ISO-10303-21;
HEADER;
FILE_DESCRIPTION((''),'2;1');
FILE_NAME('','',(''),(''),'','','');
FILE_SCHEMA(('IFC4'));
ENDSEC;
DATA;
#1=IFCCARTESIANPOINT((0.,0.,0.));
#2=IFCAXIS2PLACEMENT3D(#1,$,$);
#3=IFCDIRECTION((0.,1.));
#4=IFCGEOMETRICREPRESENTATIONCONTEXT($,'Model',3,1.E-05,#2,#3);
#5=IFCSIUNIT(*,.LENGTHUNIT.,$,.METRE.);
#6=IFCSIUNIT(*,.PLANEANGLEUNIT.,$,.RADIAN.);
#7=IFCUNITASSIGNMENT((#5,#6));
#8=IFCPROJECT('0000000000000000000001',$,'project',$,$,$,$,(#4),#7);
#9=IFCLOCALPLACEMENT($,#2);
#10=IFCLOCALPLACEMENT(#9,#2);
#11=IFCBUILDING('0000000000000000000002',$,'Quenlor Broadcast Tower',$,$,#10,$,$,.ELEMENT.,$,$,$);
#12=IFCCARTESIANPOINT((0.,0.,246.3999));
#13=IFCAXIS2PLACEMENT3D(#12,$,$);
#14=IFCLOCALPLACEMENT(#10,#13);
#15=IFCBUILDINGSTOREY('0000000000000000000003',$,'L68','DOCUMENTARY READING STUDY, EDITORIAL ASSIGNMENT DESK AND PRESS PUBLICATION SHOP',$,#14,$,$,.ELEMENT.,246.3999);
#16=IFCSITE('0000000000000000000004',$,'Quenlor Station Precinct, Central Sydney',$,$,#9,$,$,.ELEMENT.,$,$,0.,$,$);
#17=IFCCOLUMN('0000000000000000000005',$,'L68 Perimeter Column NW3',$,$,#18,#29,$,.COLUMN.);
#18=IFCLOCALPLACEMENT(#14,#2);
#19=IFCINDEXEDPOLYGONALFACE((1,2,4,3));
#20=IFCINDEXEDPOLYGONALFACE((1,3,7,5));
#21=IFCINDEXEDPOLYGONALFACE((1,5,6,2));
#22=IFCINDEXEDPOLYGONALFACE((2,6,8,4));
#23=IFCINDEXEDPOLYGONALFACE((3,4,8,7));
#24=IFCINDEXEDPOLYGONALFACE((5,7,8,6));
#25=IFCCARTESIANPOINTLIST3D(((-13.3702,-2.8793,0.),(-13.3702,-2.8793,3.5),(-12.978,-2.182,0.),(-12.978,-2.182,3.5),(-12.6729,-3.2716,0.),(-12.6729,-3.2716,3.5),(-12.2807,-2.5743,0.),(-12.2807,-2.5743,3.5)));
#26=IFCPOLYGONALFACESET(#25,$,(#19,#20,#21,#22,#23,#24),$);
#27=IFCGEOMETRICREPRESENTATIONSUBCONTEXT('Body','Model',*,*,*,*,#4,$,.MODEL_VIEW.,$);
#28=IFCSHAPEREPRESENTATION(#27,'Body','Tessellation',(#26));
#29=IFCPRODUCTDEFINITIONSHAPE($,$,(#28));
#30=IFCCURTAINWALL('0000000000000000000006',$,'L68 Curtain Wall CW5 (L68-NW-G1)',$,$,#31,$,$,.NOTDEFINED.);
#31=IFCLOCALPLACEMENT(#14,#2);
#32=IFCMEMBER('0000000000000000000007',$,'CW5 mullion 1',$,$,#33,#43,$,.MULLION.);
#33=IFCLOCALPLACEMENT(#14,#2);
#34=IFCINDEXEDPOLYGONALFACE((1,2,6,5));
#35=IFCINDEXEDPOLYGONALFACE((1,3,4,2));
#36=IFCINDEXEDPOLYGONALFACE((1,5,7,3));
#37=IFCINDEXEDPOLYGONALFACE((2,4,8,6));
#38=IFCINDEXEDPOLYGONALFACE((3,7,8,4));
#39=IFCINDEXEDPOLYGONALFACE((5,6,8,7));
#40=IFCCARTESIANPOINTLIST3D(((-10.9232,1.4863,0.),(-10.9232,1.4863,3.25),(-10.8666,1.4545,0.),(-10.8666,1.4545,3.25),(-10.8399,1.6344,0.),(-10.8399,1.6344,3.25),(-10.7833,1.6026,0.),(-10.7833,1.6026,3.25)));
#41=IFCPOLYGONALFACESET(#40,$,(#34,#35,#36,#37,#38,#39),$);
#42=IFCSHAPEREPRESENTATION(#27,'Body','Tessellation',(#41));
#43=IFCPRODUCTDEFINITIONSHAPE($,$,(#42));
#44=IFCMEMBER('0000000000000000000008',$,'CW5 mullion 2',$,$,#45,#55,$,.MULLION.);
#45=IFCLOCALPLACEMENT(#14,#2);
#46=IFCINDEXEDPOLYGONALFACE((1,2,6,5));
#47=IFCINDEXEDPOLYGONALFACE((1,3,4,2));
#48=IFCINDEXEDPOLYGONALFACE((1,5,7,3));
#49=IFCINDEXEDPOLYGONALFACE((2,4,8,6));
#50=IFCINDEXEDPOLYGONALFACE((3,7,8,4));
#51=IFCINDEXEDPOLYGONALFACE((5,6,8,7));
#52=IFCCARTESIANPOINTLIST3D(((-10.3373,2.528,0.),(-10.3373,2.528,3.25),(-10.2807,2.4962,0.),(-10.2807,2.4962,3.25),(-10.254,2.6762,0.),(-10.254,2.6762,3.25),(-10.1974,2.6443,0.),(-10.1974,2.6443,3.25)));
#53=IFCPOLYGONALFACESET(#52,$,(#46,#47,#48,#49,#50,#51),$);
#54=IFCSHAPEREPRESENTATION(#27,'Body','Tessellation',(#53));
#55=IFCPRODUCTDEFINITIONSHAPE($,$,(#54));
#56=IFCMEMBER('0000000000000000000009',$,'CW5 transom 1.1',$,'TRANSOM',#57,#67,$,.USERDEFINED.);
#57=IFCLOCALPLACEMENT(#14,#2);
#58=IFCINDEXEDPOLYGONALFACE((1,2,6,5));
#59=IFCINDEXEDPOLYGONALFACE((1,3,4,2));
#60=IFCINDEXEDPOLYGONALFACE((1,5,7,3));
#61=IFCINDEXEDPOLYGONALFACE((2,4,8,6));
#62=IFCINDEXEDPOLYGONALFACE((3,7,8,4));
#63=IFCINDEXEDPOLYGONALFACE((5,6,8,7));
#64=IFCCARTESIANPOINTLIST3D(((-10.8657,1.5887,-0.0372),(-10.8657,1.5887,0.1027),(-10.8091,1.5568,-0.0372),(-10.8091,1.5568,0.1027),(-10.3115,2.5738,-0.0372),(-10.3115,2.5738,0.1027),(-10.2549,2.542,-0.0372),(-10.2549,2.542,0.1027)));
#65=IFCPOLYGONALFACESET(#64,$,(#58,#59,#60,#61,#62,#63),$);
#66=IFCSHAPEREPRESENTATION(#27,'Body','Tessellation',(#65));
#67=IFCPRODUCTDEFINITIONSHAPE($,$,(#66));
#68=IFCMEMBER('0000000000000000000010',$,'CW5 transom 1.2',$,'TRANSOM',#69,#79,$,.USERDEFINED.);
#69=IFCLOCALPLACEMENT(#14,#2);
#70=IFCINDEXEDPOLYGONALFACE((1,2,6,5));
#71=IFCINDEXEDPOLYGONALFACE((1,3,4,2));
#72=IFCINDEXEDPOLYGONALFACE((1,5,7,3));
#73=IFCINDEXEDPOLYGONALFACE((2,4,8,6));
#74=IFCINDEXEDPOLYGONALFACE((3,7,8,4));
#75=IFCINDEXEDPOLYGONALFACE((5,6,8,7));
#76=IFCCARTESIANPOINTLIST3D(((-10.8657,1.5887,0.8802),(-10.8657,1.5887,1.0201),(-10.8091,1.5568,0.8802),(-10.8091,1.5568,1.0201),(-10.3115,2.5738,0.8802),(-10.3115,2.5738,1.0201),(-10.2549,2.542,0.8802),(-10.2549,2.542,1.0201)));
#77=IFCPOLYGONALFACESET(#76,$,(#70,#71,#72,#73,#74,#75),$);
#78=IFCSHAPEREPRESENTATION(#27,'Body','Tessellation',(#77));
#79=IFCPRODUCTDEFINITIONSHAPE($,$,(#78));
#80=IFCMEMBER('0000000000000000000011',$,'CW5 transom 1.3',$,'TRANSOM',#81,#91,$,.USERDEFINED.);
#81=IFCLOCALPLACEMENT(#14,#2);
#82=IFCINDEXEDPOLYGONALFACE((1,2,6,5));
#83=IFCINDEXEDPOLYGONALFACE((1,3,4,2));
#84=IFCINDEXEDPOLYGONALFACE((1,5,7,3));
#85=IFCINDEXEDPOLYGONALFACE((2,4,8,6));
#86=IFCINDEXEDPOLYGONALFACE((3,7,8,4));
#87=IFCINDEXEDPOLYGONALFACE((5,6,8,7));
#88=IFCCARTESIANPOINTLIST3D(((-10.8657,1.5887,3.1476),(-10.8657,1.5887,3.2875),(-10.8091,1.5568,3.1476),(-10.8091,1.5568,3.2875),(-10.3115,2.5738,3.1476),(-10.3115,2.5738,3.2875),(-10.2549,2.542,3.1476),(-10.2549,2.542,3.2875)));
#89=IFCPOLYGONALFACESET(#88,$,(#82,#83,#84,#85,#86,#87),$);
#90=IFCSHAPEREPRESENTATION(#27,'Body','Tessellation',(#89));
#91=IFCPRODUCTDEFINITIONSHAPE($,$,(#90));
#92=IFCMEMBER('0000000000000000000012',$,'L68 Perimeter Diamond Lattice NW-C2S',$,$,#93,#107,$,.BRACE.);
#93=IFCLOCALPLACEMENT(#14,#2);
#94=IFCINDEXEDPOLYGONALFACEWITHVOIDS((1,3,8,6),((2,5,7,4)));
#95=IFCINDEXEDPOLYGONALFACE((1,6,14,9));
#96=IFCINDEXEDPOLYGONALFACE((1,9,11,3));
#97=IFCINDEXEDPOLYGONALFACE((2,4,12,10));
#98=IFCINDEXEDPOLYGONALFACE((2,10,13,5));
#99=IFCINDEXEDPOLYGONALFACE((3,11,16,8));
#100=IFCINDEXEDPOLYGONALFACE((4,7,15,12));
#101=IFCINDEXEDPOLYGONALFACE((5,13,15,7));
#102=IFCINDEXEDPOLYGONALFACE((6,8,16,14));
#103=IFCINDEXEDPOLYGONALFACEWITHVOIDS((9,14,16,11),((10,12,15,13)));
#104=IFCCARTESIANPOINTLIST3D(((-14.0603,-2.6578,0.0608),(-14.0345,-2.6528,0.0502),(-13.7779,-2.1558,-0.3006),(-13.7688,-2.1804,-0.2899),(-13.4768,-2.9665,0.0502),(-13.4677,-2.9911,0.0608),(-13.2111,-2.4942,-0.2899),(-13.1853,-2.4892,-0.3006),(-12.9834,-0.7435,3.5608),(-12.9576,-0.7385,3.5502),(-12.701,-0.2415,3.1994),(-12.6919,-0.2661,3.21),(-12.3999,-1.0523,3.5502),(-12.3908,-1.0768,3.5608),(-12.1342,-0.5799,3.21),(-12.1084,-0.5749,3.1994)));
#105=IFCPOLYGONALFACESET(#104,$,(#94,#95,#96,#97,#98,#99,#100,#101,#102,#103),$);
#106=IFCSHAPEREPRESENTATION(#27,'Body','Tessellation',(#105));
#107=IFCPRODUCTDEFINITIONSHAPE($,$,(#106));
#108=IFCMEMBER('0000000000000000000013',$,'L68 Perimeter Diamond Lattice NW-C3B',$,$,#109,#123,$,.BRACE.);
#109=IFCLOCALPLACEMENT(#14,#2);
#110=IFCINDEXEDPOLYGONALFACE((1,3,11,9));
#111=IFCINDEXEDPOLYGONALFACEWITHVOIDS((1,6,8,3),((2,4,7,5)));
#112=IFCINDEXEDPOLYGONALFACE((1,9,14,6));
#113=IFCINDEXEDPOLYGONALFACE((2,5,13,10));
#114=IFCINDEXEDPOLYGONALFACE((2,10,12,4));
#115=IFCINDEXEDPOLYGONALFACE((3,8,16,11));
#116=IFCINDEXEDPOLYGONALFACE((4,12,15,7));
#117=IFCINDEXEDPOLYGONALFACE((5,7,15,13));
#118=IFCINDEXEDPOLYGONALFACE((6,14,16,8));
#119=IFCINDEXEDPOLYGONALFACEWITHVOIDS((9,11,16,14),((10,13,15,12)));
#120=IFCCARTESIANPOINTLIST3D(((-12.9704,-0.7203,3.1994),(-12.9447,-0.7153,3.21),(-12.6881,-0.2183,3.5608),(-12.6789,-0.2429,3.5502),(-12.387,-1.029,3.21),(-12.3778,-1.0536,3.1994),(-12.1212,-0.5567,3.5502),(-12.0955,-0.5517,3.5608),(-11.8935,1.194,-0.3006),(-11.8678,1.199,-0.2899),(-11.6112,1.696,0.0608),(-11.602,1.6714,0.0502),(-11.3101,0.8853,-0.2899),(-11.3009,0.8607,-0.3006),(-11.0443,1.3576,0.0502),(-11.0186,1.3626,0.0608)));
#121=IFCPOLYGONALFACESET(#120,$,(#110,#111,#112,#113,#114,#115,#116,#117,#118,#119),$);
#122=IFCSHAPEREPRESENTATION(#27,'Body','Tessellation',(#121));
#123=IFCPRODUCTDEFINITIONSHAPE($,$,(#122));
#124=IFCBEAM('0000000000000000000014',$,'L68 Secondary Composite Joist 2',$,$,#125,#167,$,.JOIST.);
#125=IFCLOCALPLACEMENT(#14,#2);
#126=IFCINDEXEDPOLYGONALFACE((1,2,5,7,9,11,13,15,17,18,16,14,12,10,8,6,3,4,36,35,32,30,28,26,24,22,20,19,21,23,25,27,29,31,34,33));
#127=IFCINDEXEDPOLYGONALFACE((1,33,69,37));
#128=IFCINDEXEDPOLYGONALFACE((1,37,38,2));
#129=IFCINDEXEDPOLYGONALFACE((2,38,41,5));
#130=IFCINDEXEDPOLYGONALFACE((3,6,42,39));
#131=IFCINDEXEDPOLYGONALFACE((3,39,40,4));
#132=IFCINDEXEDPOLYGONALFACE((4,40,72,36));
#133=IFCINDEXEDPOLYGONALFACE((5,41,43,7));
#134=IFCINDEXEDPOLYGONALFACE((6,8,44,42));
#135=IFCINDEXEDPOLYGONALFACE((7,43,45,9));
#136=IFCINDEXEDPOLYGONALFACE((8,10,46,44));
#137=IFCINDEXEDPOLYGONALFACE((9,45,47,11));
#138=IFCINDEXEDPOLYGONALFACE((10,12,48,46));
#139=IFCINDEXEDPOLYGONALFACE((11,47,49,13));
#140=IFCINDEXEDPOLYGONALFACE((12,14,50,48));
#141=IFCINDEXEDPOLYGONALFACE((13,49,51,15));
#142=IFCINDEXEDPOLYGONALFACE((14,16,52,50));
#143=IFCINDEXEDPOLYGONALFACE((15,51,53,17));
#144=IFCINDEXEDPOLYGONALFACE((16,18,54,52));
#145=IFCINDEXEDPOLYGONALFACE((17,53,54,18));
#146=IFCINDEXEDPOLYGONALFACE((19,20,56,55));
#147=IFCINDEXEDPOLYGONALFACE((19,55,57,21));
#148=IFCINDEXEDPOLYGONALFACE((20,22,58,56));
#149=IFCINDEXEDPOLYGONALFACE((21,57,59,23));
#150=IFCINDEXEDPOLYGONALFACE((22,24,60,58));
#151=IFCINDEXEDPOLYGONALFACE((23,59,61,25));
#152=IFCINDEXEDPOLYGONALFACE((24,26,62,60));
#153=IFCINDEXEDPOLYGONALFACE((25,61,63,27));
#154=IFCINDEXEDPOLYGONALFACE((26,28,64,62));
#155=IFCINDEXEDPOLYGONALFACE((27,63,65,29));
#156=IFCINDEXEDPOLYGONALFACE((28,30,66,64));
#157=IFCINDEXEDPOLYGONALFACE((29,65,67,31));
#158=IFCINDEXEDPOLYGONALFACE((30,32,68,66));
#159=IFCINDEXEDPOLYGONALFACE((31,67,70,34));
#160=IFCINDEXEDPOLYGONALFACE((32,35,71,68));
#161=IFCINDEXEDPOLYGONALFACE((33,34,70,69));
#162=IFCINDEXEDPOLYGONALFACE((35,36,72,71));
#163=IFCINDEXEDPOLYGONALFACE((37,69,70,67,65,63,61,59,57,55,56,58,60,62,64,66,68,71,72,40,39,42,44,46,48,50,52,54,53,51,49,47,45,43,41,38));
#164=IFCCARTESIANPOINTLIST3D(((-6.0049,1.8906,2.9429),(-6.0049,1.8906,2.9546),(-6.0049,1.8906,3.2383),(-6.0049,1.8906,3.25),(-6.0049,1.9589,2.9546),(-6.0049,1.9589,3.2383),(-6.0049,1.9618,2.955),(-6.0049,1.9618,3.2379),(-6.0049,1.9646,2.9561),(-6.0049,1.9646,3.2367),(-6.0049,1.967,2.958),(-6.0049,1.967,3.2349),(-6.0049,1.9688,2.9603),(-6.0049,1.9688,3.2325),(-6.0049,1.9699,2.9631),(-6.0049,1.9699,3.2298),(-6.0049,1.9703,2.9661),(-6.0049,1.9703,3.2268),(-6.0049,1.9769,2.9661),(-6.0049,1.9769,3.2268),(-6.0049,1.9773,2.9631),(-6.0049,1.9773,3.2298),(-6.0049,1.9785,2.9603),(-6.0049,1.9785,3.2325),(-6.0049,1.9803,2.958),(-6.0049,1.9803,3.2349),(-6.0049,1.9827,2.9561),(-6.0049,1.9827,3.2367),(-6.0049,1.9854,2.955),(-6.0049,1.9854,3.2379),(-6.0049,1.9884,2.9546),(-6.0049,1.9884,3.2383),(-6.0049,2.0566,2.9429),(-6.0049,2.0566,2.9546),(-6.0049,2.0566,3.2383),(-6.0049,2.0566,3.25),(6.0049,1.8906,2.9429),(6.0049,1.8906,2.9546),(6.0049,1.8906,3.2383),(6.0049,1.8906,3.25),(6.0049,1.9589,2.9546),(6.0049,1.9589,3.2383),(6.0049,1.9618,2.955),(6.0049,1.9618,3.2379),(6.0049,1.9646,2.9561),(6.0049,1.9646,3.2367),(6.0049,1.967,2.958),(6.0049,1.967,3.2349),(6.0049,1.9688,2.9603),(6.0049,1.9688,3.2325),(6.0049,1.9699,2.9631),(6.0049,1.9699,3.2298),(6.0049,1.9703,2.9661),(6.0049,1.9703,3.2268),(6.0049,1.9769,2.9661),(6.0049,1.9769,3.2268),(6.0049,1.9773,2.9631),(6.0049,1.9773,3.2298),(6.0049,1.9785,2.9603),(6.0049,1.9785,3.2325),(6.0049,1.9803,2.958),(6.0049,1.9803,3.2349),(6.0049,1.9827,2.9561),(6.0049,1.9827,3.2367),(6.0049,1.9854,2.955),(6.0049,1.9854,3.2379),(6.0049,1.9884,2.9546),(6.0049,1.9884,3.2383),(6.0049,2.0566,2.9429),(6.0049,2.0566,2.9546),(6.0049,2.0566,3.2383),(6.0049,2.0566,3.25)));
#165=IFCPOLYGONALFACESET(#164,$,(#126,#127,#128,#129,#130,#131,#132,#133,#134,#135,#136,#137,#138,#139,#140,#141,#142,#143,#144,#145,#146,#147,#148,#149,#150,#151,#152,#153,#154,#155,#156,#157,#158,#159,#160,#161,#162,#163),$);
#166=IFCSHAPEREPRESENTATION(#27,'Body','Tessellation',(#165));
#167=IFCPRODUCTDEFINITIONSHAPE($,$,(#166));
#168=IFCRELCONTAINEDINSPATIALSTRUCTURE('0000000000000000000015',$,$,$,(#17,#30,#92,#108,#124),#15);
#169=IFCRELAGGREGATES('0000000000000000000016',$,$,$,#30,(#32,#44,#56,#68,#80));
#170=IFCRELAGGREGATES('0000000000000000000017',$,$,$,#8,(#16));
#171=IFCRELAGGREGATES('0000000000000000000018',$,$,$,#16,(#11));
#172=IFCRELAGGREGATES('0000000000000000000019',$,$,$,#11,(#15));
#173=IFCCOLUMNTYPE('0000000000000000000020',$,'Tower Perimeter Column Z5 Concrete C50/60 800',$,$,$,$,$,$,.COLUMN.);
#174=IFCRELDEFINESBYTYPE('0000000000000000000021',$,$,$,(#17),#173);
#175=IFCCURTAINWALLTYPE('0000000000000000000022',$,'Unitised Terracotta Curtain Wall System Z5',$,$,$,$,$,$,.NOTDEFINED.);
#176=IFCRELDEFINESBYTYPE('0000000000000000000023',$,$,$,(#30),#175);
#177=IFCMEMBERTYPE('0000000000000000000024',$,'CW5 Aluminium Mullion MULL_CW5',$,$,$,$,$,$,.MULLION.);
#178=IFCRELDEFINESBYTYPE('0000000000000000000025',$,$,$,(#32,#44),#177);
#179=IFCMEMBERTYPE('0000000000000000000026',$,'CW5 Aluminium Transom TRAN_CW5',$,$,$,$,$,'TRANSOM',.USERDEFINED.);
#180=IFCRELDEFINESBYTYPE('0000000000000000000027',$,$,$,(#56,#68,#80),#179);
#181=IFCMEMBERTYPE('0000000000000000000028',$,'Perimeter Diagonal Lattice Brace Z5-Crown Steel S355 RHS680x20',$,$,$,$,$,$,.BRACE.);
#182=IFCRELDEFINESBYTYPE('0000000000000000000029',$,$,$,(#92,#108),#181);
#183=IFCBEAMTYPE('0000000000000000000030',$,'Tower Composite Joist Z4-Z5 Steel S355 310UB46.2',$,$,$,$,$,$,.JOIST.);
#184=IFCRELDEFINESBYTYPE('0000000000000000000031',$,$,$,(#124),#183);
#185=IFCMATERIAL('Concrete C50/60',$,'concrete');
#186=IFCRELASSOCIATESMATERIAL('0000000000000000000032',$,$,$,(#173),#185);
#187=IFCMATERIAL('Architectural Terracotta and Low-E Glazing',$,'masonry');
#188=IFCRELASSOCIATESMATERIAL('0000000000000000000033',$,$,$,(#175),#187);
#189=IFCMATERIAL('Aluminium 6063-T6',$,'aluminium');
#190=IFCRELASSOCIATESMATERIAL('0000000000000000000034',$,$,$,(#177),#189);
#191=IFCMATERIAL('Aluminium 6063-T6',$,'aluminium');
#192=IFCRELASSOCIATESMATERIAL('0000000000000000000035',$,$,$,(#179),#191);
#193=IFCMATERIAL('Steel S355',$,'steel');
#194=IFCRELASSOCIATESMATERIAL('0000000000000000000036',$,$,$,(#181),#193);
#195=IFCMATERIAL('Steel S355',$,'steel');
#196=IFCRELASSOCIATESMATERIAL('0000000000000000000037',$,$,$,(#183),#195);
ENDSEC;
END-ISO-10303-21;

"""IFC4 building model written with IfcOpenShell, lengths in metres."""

from ifc_helpers import new_model, si_unit, direction, frame, origin, origin_2d, place, context, subcontext, project, spatial, rectangle, hollow_rectangle, i_section, extrude, material, material_profile, profile_set, type_object, element, aggregate, save


model = new_model("IFC4")

# Units and contexts
model_context = context("Model", 3, precision=1e-05, world=origin(), true_north=direction((0.0, 1.0)))
body_context = subcontext(model_context, "Body", "Model", "MODEL_VIEW")
ifc_project = project(units=[si_unit("LENGTHUNIT", "METRE"), si_unit("PLANEANGLEUNIT", "RADIAN")], contexts=[model_context])

# Site, building, storey
site_placement = place(None, origin())
site = spatial("IfcSite", under=ifc_project, at=site_placement, Name="Quenlor Station Precinct, Central Sydney", CompositionType="ELEMENT", RefElevation=0.0)
building_placement = place(site_placement, origin())
building = spatial("IfcBuilding", under=site, at=building_placement, Name="Quenlor Broadcast Tower", CompositionType="ELEMENT")
storey_placement = place(building_placement, frame((0.0, 0.0, 246.3999)))
storey = spatial("IfcBuildingStorey", under=building, at=storey_placement, Name="L68", Description="DOCUMENTARY READING STUDY, EDITORIAL ASSIGNMENT DESK AND PRESS PUBLICATION SHOP", CompositionType="ELEMENT", Elevation=246.3999)

# Column
ifc_material_1 = material(Name="Concrete C50/60", Category="concrete")
ifc_material_profile_1 = material_profile(ifc_material_1, rectangle(XDim=0.8, YDim=0.8, at=origin_2d()))
ifc_profile_set_1 = profile_set([ifc_material_profile_1], Name="Concrete C50/60 RC800x800")
column_type = type_object("IfcColumnType", Name="Tower Perimeter Column Z5 Concrete C50/60 800", PredefinedType="COLUMN", material=ifc_profile_set_1)
column_placement = place(storey_placement, frame((-12.8254, -2.7268, 0.0), z_axis=(0.0, 0.0, 1.0), x_axis=(-0.871575, 0.490262, 0.0)))
element("IfcColumn", 1, at=column_placement, inside=storey, type_object=column_type, Name="L68 Perimeter Column NW3", PredefinedType="COLUMN", context=body_context, shape_type="SweptSolid", body=[
    extrude(rectangle(XDim=0.8, YDim=0.8, at=origin_2d()), origin(), (0.0, 0.0, 1.0), 3.5),
])

# Curtain wall, members
ifc_material_2 = material(Name="Architectural Terracotta and Low-E Glazing", Category="masonry")
curtain_wall_type = type_object("IfcCurtainWallType", Name="Unitised Terracotta Curtain Wall System Z5", PredefinedType="NOTDEFINED", material=ifc_material_2)
curtain_wall_placement = place(storey_placement, origin())
curtain_wall = element("IfcCurtainWall", 2, at=curtain_wall_placement, inside=storey, type_object=curtain_wall_type, Name="L68 Curtain Wall CW5 (L68-NW-G1)", PredefinedType="NOTDEFINED")
ifc_material_3 = material(Name="Aluminium 6063-T6", Category="aluminium")
ifc_material_profile_2 = material_profile(ifc_material_3, rectangle(XDim=0.0649, YDim=0.1699, at=origin_2d()))
ifc_profile_set_2 = profile_set([ifc_material_profile_2], Name="Aluminium 6063-T6 MULL65x170")
member_type_1 = type_object("IfcMemberType", Name="CW5 Aluminium Mullion MULL_CW5", PredefinedType="MULLION", material=ifc_profile_set_2)
member_1_placement = place(storey_placement, frame((-10.8533, 1.5444, 0.0), z_axis=(0.0, 0.0, 1.0), x_axis=(-0.871592, 0.490231, 0.0)))
member_1 = element("IfcMember", 3, at=member_1_placement, type_object=member_type_1, Name="CW5 mullion 1", PredefinedType="MULLION", context=body_context, shape_type="SweptSolid", body=[
    extrude(rectangle(XDim=0.0649, YDim=0.1699, at=origin_2d()), origin(), (0.0, 0.0, 1.0), 3.25),
])
member_2_placement = place(storey_placement, frame((-10.2673, 2.5862, 0.0), z_axis=(0.0, 0.0, 1.0), x_axis=(-0.871592, 0.490231, 0.0)))
member_2 = element("IfcMember", 4, at=member_2_placement, type_object=member_type_1, Name="CW5 mullion 2", PredefinedType="MULLION", context=body_context, shape_type="SweptSolid", body=[
    extrude(rectangle(XDim=0.0649, YDim=0.1699, at=origin_2d()), origin(), (0.0, 0.0, 1.0), 3.25),
])
ifc_material_4 = material(Name="Aluminium 6063-T6", Category="aluminium")
ifc_material_profile_3 = material_profile(ifc_material_4, rectangle(XDim=0.0649, YDim=0.1399, at=origin_2d()))
ifc_profile_set_3 = profile_set([ifc_material_profile_3], Name="Aluminium 6063-T6 TRAN65x140")
member_type_2 = type_object("IfcMemberType", Name="CW5 Aluminium Transom TRAN_CW5", ElementType="TRANSOM", PredefinedType="USERDEFINED", material=ifc_profile_set_3)
member_3_placement = place(storey_placement, frame((-10.8374, 1.5728, 0.0327), z_axis=(0.490313, 0.871547, 0.0), x_axis=(-0.871547, 0.490313, 0.0)))
member_3 = element("IfcMember", 5, at=member_3_placement, type_object=member_type_2, Name="CW5 transom 1.1", ObjectType="TRANSOM", PredefinedType="USERDEFINED", context=body_context, shape_type="SweptSolid", body=[
    extrude(rectangle(XDim=0.0649, YDim=0.1399, at=origin_2d()), origin(), (0.0, 0.0, 1.0), 1.1304),
])
member_4_placement = place(storey_placement, frame((-10.8374, 1.5728, 0.9502), z_axis=(0.490313, 0.871547, 0.0), x_axis=(-0.871547, 0.490313, 0.0)))
member_4 = element("IfcMember", 6, at=member_4_placement, type_object=member_type_2, Name="CW5 transom 1.2", ObjectType="TRANSOM", PredefinedType="USERDEFINED", context=body_context, shape_type="SweptSolid", body=[
    extrude(rectangle(XDim=0.0649, YDim=0.1399, at=origin_2d()), origin(), (0.0, 0.0, 1.0), 1.1304),
])
member_5_placement = place(storey_placement, frame((-10.8374, 1.5728, 3.2175), z_axis=(0.490313, 0.871547, 0.0), x_axis=(-0.871547, 0.490313, 0.0)))
member_5 = element("IfcMember", 7, at=member_5_placement, type_object=member_type_2, Name="CW5 transom 1.3", ObjectType="TRANSOM", PredefinedType="USERDEFINED", context=body_context, shape_type="SweptSolid", body=[
    extrude(rectangle(XDim=0.0649, YDim=0.1399, at=origin_2d()), origin(), (0.0, 0.0, 1.0), 1.1304),
])

# Members
ifc_material_5 = material(Name="Steel S355", Category="steel")
ifc_material_profile_4 = material_profile(ifc_material_5, hollow_rectangle(XDim=0.6799, YDim=0.6799, WallThickness=0.02, at=origin_2d()))
ifc_profile_set_4 = profile_set([ifc_material_profile_4], Name="Steel S355 RHS680x680x20")
member_type_3 = type_object("IfcMemberType", Name="Perimeter Diagonal Lattice Brace Z5-Crown Steel S355 RHS680x20", PredefinedType="BRACE", material=ifc_profile_set_4)
for number, where, z_axis, x_axis, name in (
    (8, (-13.6228, -2.5735, -0.1199), (0.260619, 0.463276, 0.847026), (-0.871555, 0.490298, 0.0), "L68 Perimeter Diamond Lattice NW-C2S"),
    (9, (-11.4561, 1.2783, -0.1199), (-0.260619, -0.463276, 0.847026), (0.871555, -0.490298, 0.0), "L68 Perimeter Diamond Lattice NW-C3B"),
):
    element("IfcMember", number, at=place(storey_placement, frame(where, z_axis=z_axis, x_axis=x_axis)), inside=storey, type_object=member_type_3, Name=name, PredefinedType="BRACE", context=body_context, shape_type="SweptSolid", body=[
        extrude(hollow_rectangle(XDim=0.6799, YDim=0.6799, WallThickness=0.02, at=origin_2d()), origin(), (0.0, 0.0, 1.0), 4.1321),
    ])

# Beam
ifc_material_6 = material(Name="Steel S355", Category="steel")
ifc_material_profile_5 = material_profile(ifc_material_6, i_section(OverallWidth=0.166, OverallDepth=0.3071, WebThickness=0.0066, FlangeThickness=0.0117, FilletRadius=0.0115, at=origin_2d()))
ifc_profile_set_5 = profile_set([ifc_material_profile_5], Name="Steel S355 310UB46.2")
beam_type = type_object("IfcBeamType", Name="Tower Composite Joist Z4-Z5 Steel S355 310UB46.2", PredefinedType="JOIST", material=ifc_profile_set_5)
beam_1_placement = place(storey_placement, frame((-6.0049, 1.9736, 3.0964), z_axis=(1.0, 0.0, 0.0), x_axis=(0.0, 1.0, 0.0)))
element("IfcBeam", 10, at=beam_1_placement, inside=storey, type_object=beam_type, Name="L68 Secondary Composite Joist 2", PredefinedType="JOIST", context=body_context, shape_type="SweptSolid", body=[
    extrude(i_section(OverallWidth=0.166, OverallDepth=0.3071, WebThickness=0.0066, FlangeThickness=0.0117, FilletRadius=0.0115, at=origin_2d()), origin(), (0.0, 0.0, 1.0), 12.0098),
])

aggregate(curtain_wall, [member_1, member_2, member_3, member_4, member_5])

save(model, "model.ifc")
